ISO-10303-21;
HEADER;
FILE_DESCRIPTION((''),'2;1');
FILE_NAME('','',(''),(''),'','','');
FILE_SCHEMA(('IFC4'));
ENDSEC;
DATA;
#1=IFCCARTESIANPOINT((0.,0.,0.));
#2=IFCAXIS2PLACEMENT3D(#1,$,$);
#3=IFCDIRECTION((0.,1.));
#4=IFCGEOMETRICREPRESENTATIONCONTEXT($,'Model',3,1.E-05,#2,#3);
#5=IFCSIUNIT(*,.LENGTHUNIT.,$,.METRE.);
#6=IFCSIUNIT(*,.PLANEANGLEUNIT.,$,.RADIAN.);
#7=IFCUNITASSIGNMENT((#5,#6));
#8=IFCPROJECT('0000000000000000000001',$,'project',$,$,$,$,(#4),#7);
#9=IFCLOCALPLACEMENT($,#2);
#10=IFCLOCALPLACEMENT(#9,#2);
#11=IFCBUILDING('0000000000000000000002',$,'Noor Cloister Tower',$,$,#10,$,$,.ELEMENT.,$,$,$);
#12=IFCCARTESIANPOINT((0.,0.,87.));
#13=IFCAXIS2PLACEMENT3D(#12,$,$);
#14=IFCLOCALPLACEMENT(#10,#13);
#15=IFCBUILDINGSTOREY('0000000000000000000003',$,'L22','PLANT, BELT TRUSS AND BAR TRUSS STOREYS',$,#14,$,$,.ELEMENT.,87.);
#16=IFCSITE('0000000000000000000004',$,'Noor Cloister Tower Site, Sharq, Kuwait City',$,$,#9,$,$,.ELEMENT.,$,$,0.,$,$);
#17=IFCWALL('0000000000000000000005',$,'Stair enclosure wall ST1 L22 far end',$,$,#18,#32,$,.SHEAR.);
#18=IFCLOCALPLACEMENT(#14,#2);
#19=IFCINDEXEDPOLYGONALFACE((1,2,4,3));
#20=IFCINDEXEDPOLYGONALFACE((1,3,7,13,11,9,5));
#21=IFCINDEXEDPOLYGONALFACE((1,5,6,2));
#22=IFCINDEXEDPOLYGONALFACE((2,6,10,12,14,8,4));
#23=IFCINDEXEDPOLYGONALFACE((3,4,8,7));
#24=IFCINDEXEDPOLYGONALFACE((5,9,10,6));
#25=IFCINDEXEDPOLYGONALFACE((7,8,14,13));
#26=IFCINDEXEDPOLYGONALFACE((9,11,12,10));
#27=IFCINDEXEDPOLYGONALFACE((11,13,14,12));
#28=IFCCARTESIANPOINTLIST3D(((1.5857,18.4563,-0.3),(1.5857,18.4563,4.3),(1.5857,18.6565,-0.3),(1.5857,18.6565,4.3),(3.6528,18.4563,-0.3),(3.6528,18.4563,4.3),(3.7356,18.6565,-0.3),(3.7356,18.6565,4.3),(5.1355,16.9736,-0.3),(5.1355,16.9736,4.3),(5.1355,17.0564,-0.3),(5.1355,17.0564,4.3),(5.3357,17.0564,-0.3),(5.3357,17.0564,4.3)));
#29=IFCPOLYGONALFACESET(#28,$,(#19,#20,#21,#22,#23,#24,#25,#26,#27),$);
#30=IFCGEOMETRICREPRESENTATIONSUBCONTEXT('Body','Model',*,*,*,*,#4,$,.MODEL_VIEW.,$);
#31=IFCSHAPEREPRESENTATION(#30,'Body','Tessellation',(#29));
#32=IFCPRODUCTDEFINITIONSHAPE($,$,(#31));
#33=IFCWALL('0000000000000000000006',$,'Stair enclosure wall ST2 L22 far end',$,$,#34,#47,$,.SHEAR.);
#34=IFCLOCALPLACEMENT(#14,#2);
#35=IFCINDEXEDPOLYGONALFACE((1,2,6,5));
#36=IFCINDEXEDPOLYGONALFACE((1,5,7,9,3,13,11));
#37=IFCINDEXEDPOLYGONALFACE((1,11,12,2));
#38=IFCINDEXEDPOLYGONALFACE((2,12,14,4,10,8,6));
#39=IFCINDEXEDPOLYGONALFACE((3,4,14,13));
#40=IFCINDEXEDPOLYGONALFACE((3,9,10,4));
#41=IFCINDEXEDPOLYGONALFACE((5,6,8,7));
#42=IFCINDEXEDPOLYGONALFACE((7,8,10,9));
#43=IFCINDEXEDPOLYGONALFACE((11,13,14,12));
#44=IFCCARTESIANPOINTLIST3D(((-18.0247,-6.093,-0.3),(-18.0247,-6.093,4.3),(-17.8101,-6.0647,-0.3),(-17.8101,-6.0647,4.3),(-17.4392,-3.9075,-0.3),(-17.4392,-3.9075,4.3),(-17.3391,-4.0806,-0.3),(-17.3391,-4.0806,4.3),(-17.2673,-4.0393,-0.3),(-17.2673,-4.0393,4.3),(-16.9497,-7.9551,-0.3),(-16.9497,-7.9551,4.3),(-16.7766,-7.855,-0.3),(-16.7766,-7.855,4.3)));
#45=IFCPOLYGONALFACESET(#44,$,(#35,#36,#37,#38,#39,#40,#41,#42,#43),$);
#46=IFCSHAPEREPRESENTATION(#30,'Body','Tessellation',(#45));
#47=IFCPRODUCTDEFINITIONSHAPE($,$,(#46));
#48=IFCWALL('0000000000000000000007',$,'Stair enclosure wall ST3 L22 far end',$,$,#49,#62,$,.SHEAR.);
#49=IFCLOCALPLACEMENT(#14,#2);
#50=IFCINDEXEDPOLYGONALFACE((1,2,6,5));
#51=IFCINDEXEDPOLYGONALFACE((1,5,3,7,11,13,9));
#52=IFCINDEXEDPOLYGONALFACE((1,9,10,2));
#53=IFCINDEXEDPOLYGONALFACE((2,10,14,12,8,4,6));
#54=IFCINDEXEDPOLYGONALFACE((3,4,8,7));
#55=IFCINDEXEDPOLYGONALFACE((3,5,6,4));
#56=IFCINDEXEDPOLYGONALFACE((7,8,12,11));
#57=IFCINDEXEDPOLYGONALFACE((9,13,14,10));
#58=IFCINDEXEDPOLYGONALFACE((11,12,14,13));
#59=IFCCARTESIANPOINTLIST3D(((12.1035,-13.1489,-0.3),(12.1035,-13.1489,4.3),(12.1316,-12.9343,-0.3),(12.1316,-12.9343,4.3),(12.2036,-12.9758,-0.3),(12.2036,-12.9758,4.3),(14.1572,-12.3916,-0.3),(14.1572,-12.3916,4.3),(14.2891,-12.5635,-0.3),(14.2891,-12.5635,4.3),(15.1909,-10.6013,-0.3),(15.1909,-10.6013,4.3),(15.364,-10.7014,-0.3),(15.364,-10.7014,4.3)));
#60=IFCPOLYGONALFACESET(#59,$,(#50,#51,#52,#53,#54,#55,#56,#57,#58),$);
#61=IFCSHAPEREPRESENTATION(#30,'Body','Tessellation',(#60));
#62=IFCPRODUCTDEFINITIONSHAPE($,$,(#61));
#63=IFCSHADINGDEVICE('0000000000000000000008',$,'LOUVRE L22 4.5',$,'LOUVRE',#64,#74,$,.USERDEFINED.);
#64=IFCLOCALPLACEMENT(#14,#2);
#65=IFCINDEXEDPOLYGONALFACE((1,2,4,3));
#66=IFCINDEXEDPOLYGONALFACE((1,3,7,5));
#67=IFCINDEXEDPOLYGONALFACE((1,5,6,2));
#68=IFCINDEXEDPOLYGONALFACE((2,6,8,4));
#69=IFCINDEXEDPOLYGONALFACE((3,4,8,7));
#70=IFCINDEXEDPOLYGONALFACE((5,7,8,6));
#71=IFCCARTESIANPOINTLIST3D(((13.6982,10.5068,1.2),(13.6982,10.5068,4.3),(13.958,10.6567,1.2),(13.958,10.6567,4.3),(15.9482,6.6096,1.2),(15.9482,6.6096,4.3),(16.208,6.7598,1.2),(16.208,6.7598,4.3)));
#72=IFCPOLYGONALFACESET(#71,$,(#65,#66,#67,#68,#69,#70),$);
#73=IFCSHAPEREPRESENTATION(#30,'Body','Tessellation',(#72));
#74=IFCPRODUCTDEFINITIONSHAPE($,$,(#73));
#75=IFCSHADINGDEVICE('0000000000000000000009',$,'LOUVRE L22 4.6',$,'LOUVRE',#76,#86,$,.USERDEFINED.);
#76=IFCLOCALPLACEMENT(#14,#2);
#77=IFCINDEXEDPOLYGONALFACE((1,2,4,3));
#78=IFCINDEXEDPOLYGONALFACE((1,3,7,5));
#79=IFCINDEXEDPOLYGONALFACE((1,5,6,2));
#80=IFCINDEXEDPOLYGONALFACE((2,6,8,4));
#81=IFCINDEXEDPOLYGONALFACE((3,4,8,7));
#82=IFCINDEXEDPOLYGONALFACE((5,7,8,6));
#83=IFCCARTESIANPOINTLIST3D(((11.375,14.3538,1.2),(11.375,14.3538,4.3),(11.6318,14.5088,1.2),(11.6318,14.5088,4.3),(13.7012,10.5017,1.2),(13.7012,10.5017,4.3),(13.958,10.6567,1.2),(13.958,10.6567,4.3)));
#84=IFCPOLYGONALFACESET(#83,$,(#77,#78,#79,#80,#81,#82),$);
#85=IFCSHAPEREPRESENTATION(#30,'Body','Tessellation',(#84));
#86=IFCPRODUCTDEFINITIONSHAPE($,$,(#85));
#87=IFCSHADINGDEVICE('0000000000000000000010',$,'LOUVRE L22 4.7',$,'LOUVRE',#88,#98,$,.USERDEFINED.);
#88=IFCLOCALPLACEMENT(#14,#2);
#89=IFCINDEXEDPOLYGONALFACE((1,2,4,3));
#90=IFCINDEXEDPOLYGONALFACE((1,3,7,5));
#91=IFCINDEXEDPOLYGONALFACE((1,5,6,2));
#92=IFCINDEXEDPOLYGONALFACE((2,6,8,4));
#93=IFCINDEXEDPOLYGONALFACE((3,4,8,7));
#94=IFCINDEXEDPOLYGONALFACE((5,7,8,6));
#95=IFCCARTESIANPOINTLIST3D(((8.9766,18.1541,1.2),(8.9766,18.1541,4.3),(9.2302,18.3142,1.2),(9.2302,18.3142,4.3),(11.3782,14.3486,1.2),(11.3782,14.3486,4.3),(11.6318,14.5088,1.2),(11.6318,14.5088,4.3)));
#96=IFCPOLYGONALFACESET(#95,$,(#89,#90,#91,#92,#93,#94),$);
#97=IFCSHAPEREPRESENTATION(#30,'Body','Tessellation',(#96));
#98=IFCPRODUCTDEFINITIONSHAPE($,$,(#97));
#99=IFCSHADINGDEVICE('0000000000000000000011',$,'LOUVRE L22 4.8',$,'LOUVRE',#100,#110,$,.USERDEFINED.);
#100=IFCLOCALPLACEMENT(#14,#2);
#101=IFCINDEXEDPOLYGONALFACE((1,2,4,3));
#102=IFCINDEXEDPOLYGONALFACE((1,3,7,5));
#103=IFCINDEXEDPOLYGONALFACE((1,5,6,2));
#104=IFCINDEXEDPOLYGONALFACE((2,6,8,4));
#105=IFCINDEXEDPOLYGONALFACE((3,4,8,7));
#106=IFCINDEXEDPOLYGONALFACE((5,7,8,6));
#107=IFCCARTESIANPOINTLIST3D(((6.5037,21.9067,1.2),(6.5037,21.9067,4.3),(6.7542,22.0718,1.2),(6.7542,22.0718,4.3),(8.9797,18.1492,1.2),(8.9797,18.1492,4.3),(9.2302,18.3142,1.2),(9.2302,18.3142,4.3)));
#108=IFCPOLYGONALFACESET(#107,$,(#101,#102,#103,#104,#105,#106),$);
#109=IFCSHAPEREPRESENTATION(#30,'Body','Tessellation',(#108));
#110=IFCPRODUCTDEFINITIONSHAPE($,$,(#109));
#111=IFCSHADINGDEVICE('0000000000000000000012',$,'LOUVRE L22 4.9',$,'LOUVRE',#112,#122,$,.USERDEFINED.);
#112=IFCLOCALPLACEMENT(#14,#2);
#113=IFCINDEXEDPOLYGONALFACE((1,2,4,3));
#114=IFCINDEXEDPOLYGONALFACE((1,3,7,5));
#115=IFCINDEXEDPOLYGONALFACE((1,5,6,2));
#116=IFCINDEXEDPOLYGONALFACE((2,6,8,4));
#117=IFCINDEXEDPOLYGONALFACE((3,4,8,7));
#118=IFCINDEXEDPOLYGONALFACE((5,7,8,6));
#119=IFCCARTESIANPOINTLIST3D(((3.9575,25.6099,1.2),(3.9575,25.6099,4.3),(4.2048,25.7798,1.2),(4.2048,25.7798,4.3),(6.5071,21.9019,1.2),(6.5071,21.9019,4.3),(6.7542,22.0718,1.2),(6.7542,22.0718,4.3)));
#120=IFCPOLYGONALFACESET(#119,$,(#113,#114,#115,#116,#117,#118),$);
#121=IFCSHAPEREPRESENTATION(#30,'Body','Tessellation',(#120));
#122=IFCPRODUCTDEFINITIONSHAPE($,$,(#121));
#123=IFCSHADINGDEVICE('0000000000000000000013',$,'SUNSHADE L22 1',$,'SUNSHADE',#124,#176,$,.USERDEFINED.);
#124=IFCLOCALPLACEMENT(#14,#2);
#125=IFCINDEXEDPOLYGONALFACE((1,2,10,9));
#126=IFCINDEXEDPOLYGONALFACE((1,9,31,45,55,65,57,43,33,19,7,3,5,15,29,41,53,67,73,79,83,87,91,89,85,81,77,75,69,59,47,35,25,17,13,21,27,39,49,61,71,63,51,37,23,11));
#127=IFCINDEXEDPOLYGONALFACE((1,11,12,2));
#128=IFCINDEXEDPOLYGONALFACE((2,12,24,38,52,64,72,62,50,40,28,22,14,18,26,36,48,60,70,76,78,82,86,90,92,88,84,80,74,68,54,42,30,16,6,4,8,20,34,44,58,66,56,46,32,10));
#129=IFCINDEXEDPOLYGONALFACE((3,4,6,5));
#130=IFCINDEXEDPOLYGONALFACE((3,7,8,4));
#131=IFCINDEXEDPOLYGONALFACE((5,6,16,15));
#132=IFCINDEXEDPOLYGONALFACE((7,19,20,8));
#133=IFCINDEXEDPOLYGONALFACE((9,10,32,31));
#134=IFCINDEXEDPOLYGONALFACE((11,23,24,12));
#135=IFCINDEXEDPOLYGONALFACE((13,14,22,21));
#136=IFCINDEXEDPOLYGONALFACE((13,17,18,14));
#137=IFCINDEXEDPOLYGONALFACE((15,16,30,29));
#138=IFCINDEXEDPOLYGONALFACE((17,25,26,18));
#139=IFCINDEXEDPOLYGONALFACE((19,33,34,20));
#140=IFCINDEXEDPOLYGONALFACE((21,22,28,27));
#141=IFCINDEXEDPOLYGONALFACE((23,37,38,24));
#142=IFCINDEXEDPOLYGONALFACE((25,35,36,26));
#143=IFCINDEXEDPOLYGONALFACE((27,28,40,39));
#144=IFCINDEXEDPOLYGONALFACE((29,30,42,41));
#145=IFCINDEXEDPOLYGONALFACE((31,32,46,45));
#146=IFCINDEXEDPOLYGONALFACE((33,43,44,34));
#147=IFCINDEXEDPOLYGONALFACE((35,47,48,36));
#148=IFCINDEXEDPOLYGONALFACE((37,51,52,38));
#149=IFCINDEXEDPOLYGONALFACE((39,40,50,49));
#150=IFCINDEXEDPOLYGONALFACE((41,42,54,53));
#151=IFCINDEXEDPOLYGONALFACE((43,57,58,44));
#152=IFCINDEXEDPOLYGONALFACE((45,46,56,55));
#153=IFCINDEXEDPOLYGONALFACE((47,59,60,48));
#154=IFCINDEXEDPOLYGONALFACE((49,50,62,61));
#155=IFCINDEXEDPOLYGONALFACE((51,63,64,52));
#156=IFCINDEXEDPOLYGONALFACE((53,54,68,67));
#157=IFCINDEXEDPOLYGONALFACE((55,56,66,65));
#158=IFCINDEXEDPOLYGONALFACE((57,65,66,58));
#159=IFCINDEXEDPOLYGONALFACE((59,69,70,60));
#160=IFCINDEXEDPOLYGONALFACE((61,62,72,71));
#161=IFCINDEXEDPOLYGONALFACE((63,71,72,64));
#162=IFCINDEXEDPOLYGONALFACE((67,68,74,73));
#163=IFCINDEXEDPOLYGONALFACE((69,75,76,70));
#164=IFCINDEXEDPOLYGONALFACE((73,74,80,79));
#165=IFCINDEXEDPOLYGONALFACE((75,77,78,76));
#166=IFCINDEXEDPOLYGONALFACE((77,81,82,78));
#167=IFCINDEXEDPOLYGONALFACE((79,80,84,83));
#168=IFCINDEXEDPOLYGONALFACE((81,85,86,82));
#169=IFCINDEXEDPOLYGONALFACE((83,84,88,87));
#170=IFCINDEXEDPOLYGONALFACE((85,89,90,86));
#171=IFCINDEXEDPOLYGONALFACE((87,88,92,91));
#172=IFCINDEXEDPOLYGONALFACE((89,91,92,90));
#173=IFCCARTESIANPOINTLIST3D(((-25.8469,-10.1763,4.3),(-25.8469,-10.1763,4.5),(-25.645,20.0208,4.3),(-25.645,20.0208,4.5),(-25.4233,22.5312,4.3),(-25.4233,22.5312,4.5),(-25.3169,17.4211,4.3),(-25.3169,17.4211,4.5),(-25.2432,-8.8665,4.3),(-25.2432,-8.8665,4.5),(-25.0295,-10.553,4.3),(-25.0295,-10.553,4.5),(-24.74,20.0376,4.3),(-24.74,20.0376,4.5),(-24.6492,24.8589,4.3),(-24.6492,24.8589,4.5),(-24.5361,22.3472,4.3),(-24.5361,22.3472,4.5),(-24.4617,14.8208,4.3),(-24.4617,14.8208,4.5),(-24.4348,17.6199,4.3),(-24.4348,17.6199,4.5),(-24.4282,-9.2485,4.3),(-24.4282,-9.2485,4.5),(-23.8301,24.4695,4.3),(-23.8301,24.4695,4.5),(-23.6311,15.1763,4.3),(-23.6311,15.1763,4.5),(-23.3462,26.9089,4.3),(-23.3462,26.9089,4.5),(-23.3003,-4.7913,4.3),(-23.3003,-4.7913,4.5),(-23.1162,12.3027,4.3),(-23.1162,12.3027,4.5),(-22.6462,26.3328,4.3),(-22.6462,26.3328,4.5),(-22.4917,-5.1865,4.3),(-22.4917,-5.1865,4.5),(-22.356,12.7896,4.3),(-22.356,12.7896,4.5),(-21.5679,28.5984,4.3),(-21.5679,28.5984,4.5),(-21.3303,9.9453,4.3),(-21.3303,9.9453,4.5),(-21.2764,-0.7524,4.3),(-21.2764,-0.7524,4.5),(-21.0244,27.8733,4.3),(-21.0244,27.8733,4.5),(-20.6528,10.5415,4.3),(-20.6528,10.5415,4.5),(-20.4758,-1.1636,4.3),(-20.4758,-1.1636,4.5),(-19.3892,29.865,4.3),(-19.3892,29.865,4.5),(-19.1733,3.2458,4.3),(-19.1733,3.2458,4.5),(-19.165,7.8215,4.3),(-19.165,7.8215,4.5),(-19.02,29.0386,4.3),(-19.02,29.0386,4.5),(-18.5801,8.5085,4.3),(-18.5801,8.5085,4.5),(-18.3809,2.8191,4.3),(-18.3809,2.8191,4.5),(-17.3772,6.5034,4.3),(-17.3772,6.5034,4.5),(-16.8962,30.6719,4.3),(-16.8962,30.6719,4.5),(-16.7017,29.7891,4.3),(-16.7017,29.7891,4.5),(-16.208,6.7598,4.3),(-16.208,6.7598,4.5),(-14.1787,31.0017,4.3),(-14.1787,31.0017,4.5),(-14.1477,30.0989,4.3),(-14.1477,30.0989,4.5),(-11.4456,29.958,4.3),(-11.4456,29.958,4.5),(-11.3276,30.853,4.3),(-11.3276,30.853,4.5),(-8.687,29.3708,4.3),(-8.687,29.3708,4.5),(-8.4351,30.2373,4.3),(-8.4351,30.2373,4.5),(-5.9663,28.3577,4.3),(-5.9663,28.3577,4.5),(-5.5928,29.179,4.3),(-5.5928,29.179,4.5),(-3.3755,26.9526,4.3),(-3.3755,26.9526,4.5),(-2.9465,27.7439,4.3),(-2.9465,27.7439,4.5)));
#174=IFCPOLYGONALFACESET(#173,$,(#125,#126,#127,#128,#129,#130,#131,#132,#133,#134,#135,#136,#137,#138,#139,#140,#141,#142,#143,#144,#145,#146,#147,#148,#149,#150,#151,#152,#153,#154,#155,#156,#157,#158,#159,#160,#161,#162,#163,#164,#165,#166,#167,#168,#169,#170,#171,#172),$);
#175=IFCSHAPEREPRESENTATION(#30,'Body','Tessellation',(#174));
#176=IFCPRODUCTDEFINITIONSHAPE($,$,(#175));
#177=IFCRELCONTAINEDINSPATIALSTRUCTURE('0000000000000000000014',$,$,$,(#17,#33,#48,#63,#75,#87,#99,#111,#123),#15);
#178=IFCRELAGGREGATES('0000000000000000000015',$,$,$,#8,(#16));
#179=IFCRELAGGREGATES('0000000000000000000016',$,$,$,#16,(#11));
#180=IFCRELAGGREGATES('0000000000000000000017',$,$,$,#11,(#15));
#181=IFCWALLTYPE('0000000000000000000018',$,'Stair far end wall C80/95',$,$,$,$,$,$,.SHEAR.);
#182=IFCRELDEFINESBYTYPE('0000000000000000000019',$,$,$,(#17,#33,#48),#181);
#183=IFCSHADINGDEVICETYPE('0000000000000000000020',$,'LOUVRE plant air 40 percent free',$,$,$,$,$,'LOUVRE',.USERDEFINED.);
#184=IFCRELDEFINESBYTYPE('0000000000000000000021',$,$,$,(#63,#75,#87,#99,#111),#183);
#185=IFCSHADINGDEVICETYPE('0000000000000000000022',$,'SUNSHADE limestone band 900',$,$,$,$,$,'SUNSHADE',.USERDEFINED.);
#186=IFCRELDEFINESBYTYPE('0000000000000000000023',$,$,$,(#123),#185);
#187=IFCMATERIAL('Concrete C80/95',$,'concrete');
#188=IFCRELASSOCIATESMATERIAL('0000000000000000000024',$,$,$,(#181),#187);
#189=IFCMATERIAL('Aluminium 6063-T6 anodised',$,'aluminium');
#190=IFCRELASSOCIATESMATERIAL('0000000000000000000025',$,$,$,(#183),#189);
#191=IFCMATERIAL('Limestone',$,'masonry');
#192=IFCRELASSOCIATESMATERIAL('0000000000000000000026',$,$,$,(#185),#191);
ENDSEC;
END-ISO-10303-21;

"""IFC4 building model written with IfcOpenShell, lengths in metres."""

from ifc_helpers import new_model, si_unit, direction, frame, origin, place, context, subcontext, project, spatial, polyline, outline, extrude, material, type_object, element, save


model = new_model("IFC4")

# Units and contexts
model_context = context("Model", 3, precision=1e-05, world=origin(), true_north=direction((0.0, 1.0)))
body_context = subcontext(model_context, "Body", "Model", "MODEL_VIEW")
ifc_project = project(units=[si_unit("LENGTHUNIT", "METRE"), si_unit("PLANEANGLEUNIT", "RADIAN")], contexts=[model_context])

# Site, building, storey
site_placement = place(None, origin())
site = spatial("IfcSite", under=ifc_project, at=site_placement, Name="Noor Cloister Tower Site, Sharq, Kuwait City", CompositionType="ELEMENT", RefElevation=0.0)
building_placement = place(site_placement, origin())
building = spatial("IfcBuilding", under=site, at=building_placement, Name="Noor Cloister Tower", CompositionType="ELEMENT")
storey_placement = place(building_placement, frame((0.0, 0.0, 87.0)))
storey = spatial("IfcBuildingStorey", under=building, at=storey_placement, Name="L22", Description="PLANT, BELT TRUSS AND BAR TRUSS STOREYS", CompositionType="ELEMENT", Elevation=87.0)

# Walls
ifc_material_1 = material(Name="Concrete C80/95", Category="concrete")
wall_type_1 = type_object("IfcWallType", Name="Stair far end wall C80/95", PredefinedType="SHEAR", material=ifc_material_1)
wall_1_placement = place(storey_placement, frame((0.0, 0.0, -0.3)))
element("IfcWall", 1, at=wall_1_placement, inside=storey, type_object=wall_type_1, Name="Stair enclosure wall ST1 L22 far end", PredefinedType="SHEAR", context=body_context, shape_type="SweptSolid", body=[
    extrude(outline(polyline([(5.3357, 17.0564), (3.7356, 18.6565), (1.5857, 18.6565), (1.5857, 18.4563), (3.6528, 18.4563), (5.1355, 16.9736), (5.1355, 17.0564), (5.1355, 17.0564), (5.1355, 17.0564), (5.1355, 17.0564), (5.1355, 17.0564), (5.1355, 17.0564), (5.1355, 17.0564), (5.1355, 17.0564), (5.1355, 17.0564), (5.1355, 17.0564), (5.1355, 17.0564), (5.1355, 17.0564), (5.1355, 17.0564), (5.1355, 17.0564), (5.1355, 17.0564), (5.1355, 17.0564), (5.1355, 17.0564), (5.3357, 17.0564)])), origin(), (0.0, 0.0, 1.0), 4.6001),
])
wall_2_placement = place(storey_placement, frame((0.0, 0.0, -0.3)))
element("IfcWall", 2, at=wall_2_placement, inside=storey, type_object=wall_type_1, Name="Stair enclosure wall ST2 L22 far end", PredefinedType="SHEAR", context=body_context, shape_type="SweptSolid", body=[
    extrude(outline(polyline([(-17.4392, -3.9075), (-18.0247, -6.093), (-16.9497, -7.9551), (-16.7766, -7.855), (-17.8101, -6.0647), (-17.2673, -4.0393), (-17.3391, -4.0806), (-17.3391, -4.0806), (-17.3391, -4.0806), (-17.3391, -4.0806), (-17.3391, -4.0806), (-17.3391, -4.0806), (-17.3391, -4.0806), (-17.3391, -4.0806), (-17.3391, -4.0806), (-17.3391, -4.0806), (-17.3391, -4.0806), (-17.3391, -4.0806), (-17.3391, -4.0806), (-17.3391, -4.0806), (-17.3391, -4.0806), (-17.3391, -4.0806), (-17.3391, -4.0806), (-17.4392, -3.9075)])), origin(), (0.0, 0.0, 1.0), 4.6001),
])
wall_3_placement = place(storey_placement, frame((0.0, 0.0, -0.3)))
element("IfcWall", 3, at=wall_3_placement, inside=storey, type_object=wall_type_1, Name="Stair enclosure wall ST3 L22 far end", PredefinedType="SHEAR", context=body_context, shape_type="SweptSolid", body=[
    extrude(outline(polyline([(12.1035, -13.1489), (14.2891, -12.5635), (15.364, -10.7014), (15.1909, -10.6013), (14.1572, -12.3916), (12.1316, -12.9343), (12.2036, -12.9758), (12.2036, -12.9758), (12.2036, -12.9758), (12.2036, -12.9758), (12.2036, -12.9758), (12.2036, -12.9758), (12.2036, -12.9758), (12.2036, -12.9758), (12.2036, -12.9758), (12.2036, -12.9758), (12.2036, -12.9758), (12.2036, -12.9758), (12.2036, -12.9758), (12.2036, -12.9758), (12.2036, -12.9758), (12.2036, -12.9758), (12.2036, -12.9758), (12.1035, -13.1489)])), origin(), (0.0, 0.0, 1.0), 4.6001),
])

# Shading devices
ifc_material_2 = material(Name="Aluminium 6063-T6 anodised", Category="aluminium")
shading_device_type_1 = type_object("IfcShadingDeviceType", Name="LOUVRE plant air 40 percent free", ElementType="LOUVRE", PredefinedType="USERDEFINED", material=ifc_material_2)
shading_device_1_placement = place(storey_placement, frame((0.0, 0.0, 1.2)))
element("IfcShadingDevice", 4, at=shading_device_1_placement, inside=storey, type_object=shading_device_type_1, Name="LOUVRE L22 4.5", ObjectType="LOUVRE", PredefinedType="USERDEFINED", context=body_context, shape_type="SweptSolid", body=[
    extrude(outline(polyline([(16.208, 6.7598), (13.958, 10.6567), (13.6982, 10.5068), (15.9482, 6.6096), (16.208, 6.7598)])), origin(), (0.0, 0.0, 1.0), 3.1001),
])
shading_device_2_placement = place(storey_placement, frame((0.0, 0.0, 1.2)))
element("IfcShadingDevice", 5, at=shading_device_2_placement, inside=storey, type_object=shading_device_type_1, Name="LOUVRE L22 4.6", ObjectType="LOUVRE", PredefinedType="USERDEFINED", context=body_context, shape_type="SweptSolid", body=[
    extrude(outline(polyline([(13.958, 10.6567), (11.6318, 14.5088), (11.375, 14.3538), (13.7012, 10.5017), (13.958, 10.6567)])), origin(), (0.0, 0.0, 1.0), 3.1001),
])
shading_device_3_placement = place(storey_placement, frame((0.0, 0.0, 1.2)))
element("IfcShadingDevice", 6, at=shading_device_3_placement, inside=storey, type_object=shading_device_type_1, Name="LOUVRE L22 4.7", ObjectType="LOUVRE", PredefinedType="USERDEFINED", context=body_context, shape_type="SweptSolid", body=[
    extrude(outline(polyline([(11.6318, 14.5088), (9.2302, 18.3142), (8.9766, 18.1541), (11.3782, 14.3486), (11.6318, 14.5088)])), origin(), (0.0, 0.0, 1.0), 3.1001),
])
shading_device_4_placement = place(storey_placement, frame((0.0, 0.0, 1.2)))
element("IfcShadingDevice", 7, at=shading_device_4_placement, inside=storey, type_object=shading_device_type_1, Name="LOUVRE L22 4.8", ObjectType="LOUVRE", PredefinedType="USERDEFINED", context=body_context, shape_type="SweptSolid", body=[
    extrude(outline(polyline([(9.2302, 18.3142), (6.7542, 22.0718), (6.5037, 21.9067), (8.9797, 18.1492), (9.2302, 18.3142)])), origin(), (0.0, 0.0, 1.0), 3.1001),
])
shading_device_5_placement = place(storey_placement, frame((0.0, 0.0, 1.2)))
element("IfcShadingDevice", 8, at=shading_device_5_placement, inside=storey, type_object=shading_device_type_1, Name="LOUVRE L22 4.9", ObjectType="LOUVRE", PredefinedType="USERDEFINED", context=body_context, shape_type="SweptSolid", body=[
    extrude(outline(polyline([(6.7542, 22.0718), (4.2048, 25.7798), (3.9575, 25.6099), (6.5071, 21.9019), (6.7542, 22.0718)])), origin(), (0.0, 0.0, 1.0), 3.1001),
])
ifc_material_3 = material(Name="Limestone", Category="masonry")
shading_device_type_2 = type_object("IfcShadingDeviceType", Name="SUNSHADE limestone band 900", ElementType="SUNSHADE", PredefinedType="USERDEFINED", material=ifc_material_3)
shading_device_6_placement = place(storey_placement, frame((0.0, 0.0, 4.3)))
element("IfcShadingDevice", 9, at=shading_device_6_placement, inside=storey, type_object=shading_device_type_2, Name="SUNSHADE L22 1", ObjectType="SUNSHADE", PredefinedType="USERDEFINED", context=body_context, shape_type="SweptSolid", body=[
    extrude(outline(polyline([(-2.9465, 27.7439), (-5.5928, 29.179), (-8.4351, 30.2373), (-11.3276, 30.853), (-14.1787, 31.0017), (-16.8962, 30.6719), (-19.3892, 29.865), (-21.5679, 28.5984), (-23.3462, 26.9089), (-24.6492, 24.8589), (-25.4233, 22.5312), (-25.645, 20.0208), (-25.3169, 17.4211), (-24.4617, 14.8208), (-23.1162, 12.3027), (-21.3303, 9.9453), (-19.165, 7.8215), (-17.3772, 6.5034), (-19.1733, 3.2458), (-21.2764, -0.7524), (-23.3003, -4.7913), (-25.2432, -8.8665), (-25.8469, -10.1763), (-25.0295, -10.553), (-24.4282, -9.2485), (-22.4917, -5.1865), (-20.4758, -1.1636), (-18.3809, 2.8191), (-16.208, 6.7598), (-18.5801, 8.5085), (-20.6528, 10.5415), (-22.356, 12.7896), (-23.6311, 15.1763), (-24.4348, 17.6199), (-24.74, 20.0376), (-24.5361, 22.3472), (-23.8301, 24.4695), (-22.6462, 26.3328), (-21.0244, 27.8733), (-19.02, 29.0386), (-16.7017, 29.7891), (-14.1477, 30.0989), (-11.4456, 29.958), (-8.687, 29.3708), (-5.9663, 28.3577), (-3.3755, 26.9526), (-2.9465, 27.7439)])), origin(), (0.0, 0.0, 1.0), 0.2),
])

save(model, "model.ifc")
